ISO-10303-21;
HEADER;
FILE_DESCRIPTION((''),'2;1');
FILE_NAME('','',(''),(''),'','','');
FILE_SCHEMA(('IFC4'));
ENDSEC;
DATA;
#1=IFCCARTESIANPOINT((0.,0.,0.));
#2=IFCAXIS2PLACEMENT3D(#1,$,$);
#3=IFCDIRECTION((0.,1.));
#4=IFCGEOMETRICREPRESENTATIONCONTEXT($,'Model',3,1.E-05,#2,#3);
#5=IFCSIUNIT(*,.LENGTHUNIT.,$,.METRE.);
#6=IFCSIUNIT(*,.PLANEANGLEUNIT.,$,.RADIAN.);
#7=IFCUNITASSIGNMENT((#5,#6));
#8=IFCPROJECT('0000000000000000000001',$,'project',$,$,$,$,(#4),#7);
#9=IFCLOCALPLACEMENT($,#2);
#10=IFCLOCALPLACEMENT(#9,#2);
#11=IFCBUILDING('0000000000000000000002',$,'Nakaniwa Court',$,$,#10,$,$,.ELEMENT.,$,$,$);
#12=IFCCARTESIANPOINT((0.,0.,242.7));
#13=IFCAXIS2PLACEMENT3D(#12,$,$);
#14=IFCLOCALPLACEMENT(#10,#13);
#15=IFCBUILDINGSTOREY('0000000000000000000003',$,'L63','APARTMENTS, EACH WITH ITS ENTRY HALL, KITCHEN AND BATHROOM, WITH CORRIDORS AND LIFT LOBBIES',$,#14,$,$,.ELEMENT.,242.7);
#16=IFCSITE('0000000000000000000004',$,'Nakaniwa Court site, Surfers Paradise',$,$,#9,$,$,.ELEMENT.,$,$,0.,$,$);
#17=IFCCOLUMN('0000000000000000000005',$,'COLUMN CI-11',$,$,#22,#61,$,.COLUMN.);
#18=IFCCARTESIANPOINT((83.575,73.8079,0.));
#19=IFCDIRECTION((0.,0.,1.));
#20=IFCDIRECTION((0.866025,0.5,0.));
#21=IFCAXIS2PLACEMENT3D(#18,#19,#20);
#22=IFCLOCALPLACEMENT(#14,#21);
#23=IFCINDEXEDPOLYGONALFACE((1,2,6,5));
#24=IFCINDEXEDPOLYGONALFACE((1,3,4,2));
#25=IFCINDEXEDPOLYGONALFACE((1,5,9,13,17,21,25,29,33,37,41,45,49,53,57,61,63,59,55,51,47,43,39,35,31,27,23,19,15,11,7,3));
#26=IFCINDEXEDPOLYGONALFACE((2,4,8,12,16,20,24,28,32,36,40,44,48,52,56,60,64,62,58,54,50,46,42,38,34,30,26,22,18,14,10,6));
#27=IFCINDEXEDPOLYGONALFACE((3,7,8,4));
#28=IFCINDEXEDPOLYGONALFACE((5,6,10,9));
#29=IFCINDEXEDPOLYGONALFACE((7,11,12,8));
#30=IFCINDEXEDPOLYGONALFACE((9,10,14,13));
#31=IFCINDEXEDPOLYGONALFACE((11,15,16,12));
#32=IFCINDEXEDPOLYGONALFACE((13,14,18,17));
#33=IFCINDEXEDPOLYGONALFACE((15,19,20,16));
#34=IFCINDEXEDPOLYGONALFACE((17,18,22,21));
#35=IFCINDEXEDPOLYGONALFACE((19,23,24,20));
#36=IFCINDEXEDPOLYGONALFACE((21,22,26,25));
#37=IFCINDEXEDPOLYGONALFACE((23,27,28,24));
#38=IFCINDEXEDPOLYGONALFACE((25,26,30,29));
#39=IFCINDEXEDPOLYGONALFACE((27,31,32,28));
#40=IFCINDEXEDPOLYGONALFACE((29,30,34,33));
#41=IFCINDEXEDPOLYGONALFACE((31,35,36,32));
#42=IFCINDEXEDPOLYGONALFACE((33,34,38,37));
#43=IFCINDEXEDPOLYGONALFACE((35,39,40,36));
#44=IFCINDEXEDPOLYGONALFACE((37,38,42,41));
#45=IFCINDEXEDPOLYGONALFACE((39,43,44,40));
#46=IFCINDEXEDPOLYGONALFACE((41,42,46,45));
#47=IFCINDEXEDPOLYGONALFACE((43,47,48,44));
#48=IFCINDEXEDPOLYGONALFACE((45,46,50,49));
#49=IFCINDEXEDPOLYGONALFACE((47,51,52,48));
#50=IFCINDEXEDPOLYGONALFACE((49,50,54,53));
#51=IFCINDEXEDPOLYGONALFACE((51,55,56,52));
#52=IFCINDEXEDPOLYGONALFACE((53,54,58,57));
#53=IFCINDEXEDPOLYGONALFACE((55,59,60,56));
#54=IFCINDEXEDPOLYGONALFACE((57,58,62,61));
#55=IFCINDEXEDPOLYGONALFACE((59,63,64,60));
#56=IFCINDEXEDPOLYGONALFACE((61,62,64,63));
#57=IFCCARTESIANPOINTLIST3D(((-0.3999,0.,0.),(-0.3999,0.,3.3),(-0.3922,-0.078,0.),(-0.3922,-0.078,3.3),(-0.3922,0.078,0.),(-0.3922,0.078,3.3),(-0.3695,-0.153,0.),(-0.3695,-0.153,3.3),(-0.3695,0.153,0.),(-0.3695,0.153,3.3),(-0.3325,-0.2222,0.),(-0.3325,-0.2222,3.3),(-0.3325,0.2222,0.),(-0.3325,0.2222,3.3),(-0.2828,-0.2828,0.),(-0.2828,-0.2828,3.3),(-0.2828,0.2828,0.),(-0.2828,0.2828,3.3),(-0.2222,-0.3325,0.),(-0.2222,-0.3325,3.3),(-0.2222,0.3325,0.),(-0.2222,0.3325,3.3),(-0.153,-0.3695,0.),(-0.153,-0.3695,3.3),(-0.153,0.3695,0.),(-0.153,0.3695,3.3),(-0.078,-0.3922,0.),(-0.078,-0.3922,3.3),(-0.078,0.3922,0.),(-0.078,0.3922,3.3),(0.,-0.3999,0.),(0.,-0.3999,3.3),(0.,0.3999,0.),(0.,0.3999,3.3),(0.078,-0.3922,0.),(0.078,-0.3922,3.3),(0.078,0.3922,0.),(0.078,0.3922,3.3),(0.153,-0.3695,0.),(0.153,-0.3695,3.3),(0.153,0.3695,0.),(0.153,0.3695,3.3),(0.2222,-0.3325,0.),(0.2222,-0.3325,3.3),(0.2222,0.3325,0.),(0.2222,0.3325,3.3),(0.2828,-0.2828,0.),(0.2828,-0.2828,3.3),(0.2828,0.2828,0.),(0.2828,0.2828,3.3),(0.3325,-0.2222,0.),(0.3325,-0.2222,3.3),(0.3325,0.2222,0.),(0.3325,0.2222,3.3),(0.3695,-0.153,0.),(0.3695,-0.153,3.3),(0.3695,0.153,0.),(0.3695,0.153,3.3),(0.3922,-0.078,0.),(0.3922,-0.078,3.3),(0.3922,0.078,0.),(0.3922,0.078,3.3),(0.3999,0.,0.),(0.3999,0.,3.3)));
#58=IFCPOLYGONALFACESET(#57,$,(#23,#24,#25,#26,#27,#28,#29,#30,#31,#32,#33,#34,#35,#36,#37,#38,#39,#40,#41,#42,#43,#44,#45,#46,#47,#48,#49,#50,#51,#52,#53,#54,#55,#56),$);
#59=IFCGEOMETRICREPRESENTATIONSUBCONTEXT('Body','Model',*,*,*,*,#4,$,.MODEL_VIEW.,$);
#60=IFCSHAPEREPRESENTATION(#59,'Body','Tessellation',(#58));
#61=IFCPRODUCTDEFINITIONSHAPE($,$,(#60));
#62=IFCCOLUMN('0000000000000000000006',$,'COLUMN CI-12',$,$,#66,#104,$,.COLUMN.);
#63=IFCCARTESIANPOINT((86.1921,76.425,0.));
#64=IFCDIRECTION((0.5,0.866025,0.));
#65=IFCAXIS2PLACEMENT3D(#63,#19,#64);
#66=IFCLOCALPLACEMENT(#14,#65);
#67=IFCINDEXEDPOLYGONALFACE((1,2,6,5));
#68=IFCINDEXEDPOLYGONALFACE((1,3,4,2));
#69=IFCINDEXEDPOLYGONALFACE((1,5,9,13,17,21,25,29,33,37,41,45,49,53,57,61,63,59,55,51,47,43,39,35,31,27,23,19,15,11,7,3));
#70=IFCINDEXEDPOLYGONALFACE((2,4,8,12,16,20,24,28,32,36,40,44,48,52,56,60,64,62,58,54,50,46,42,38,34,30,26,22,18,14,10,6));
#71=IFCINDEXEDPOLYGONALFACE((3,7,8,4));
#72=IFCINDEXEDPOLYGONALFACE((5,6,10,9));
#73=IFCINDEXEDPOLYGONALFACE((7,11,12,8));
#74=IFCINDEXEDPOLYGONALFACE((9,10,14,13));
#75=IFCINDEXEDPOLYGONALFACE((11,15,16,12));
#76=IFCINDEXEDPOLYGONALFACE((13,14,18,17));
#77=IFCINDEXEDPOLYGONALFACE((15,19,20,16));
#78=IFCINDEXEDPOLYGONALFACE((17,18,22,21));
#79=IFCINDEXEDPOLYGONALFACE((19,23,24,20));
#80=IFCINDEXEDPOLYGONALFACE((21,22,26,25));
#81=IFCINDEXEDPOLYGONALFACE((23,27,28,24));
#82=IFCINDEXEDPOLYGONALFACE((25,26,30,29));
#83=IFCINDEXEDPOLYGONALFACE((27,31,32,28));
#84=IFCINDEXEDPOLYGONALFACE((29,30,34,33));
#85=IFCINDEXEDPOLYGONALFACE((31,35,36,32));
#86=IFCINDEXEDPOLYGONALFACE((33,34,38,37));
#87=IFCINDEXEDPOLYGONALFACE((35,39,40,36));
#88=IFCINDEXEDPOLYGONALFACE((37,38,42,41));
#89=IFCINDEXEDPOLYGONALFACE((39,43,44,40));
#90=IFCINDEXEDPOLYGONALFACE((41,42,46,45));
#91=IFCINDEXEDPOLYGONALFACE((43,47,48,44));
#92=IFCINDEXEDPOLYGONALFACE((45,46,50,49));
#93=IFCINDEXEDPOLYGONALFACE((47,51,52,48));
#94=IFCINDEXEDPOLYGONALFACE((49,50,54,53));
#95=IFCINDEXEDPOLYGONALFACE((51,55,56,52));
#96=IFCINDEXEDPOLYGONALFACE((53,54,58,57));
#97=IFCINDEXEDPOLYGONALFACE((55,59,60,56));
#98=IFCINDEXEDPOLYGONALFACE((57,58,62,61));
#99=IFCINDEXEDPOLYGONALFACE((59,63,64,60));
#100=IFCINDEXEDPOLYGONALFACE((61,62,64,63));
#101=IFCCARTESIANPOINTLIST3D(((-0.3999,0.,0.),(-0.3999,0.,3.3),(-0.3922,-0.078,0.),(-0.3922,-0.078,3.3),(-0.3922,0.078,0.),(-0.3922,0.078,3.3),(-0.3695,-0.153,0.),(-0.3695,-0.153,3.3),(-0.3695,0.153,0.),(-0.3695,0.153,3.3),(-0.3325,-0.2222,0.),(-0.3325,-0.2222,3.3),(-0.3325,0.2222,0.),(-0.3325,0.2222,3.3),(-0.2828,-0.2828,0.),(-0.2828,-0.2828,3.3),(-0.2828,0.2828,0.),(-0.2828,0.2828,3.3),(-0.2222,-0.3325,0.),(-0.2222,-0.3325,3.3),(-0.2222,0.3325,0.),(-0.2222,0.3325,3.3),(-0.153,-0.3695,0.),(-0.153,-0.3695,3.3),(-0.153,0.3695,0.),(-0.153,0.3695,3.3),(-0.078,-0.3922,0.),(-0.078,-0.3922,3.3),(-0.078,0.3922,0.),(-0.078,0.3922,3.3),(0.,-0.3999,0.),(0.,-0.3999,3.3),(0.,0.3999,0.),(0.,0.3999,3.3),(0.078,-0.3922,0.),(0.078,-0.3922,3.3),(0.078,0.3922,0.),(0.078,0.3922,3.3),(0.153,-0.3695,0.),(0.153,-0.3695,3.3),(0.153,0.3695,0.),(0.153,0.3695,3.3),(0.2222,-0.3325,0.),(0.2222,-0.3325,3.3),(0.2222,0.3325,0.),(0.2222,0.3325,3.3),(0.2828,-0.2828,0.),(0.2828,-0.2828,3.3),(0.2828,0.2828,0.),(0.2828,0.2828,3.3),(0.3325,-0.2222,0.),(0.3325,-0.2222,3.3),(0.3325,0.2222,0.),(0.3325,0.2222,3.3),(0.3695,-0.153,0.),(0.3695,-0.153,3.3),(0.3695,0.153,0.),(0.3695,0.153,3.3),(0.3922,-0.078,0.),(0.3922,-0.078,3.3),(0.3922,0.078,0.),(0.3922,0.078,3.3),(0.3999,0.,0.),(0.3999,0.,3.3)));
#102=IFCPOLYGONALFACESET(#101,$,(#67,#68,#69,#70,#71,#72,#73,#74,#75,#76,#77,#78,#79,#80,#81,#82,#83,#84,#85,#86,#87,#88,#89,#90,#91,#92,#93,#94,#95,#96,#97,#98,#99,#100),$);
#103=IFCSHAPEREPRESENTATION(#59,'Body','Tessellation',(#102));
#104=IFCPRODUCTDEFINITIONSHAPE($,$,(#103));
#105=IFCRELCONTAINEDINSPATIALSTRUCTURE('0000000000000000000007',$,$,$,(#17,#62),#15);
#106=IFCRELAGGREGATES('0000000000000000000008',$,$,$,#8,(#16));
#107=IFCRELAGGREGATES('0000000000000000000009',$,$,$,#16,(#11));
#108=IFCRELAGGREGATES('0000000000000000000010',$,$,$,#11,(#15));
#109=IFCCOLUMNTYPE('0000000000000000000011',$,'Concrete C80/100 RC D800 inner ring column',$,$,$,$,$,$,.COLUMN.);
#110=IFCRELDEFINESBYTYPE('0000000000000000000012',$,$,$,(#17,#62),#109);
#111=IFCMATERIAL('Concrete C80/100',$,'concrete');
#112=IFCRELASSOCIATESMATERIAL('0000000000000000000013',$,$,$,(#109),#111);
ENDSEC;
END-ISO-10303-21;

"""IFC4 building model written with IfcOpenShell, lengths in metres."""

from ifc_helpers import new_model, si_unit, direction, frame, origin, origin_2d, place, context, subcontext, project, spatial, circle, extrude, material, material_profile, profile_set, type_object, element, save


model = new_model("IFC4")

# Units and contexts
model_context = context("Model", 3, precision=1e-05, world=origin(), true_north=direction((0.0, 1.0)))
body_context = subcontext(model_context, "Body", "Model", "MODEL_VIEW")
ifc_project = project(units=[si_unit("LENGTHUNIT", "METRE"), si_unit("PLANEANGLEUNIT", "RADIAN")], contexts=[model_context])

# Site, building, storey
site_placement = place(None, origin())
site = spatial("IfcSite", under=ifc_project, at=site_placement, Name="Nakaniwa Court site, Surfers Paradise", CompositionType="ELEMENT", RefElevation=0.0)
building_placement = place(site_placement, origin())
building = spatial("IfcBuilding", under=site, at=building_placement, Name="Nakaniwa Court", CompositionType="ELEMENT")
storey_placement = place(building_placement, frame((0.0, 0.0, 242.7)))
storey = spatial("IfcBuildingStorey", under=building, at=storey_placement, Name="L63", Description="APARTMENTS, EACH WITH ITS ENTRY HALL, KITCHEN AND BATHROOM, WITH CORRIDORS AND LIFT LOBBIES", CompositionType="ELEMENT", Elevation=242.7)

# Columns
ifc_material_1 = material(Name="Concrete C80/100", Category="concrete")
ifc_material_profile_1 = material_profile(ifc_material_1, circle(Radius=0.3999, at=origin_2d()), Name="Concrete C80/100 RC D800 inner ring column")
ifc_profile_set_1 = profile_set([ifc_material_profile_1], Name="Concrete C80/100")
column_type = type_object("IfcColumnType", Name="Concrete C80/100 RC D800 inner ring column", PredefinedType="COLUMN", material=ifc_profile_set_1)
for number, where, z_axis, x_axis, name in (
    (1, (83.575, 73.8079, 0.0), (0.0, 0.0, 1.0), (0.866025, 0.5, 0.0), "COLUMN CI-11"),
    (2, (86.1921, 76.425, 0.0), (0.0, 0.0, 1.0), (0.5, 0.866025, 0.0), "COLUMN CI-12"),
):
    element("IfcColumn", number, at=place(storey_placement, frame(where, z_axis=z_axis, x_axis=x_axis)), inside=storey, type_object=column_type, Name=name, PredefinedType="COLUMN", context=body_context, shape_type="SweptSolid", body=[
        extrude(circle(Radius=0.3999, at=origin_2d()), origin(), (0.0, 0.0, 1.0), 3.3),
    ])

save(model, "model.ifc")
